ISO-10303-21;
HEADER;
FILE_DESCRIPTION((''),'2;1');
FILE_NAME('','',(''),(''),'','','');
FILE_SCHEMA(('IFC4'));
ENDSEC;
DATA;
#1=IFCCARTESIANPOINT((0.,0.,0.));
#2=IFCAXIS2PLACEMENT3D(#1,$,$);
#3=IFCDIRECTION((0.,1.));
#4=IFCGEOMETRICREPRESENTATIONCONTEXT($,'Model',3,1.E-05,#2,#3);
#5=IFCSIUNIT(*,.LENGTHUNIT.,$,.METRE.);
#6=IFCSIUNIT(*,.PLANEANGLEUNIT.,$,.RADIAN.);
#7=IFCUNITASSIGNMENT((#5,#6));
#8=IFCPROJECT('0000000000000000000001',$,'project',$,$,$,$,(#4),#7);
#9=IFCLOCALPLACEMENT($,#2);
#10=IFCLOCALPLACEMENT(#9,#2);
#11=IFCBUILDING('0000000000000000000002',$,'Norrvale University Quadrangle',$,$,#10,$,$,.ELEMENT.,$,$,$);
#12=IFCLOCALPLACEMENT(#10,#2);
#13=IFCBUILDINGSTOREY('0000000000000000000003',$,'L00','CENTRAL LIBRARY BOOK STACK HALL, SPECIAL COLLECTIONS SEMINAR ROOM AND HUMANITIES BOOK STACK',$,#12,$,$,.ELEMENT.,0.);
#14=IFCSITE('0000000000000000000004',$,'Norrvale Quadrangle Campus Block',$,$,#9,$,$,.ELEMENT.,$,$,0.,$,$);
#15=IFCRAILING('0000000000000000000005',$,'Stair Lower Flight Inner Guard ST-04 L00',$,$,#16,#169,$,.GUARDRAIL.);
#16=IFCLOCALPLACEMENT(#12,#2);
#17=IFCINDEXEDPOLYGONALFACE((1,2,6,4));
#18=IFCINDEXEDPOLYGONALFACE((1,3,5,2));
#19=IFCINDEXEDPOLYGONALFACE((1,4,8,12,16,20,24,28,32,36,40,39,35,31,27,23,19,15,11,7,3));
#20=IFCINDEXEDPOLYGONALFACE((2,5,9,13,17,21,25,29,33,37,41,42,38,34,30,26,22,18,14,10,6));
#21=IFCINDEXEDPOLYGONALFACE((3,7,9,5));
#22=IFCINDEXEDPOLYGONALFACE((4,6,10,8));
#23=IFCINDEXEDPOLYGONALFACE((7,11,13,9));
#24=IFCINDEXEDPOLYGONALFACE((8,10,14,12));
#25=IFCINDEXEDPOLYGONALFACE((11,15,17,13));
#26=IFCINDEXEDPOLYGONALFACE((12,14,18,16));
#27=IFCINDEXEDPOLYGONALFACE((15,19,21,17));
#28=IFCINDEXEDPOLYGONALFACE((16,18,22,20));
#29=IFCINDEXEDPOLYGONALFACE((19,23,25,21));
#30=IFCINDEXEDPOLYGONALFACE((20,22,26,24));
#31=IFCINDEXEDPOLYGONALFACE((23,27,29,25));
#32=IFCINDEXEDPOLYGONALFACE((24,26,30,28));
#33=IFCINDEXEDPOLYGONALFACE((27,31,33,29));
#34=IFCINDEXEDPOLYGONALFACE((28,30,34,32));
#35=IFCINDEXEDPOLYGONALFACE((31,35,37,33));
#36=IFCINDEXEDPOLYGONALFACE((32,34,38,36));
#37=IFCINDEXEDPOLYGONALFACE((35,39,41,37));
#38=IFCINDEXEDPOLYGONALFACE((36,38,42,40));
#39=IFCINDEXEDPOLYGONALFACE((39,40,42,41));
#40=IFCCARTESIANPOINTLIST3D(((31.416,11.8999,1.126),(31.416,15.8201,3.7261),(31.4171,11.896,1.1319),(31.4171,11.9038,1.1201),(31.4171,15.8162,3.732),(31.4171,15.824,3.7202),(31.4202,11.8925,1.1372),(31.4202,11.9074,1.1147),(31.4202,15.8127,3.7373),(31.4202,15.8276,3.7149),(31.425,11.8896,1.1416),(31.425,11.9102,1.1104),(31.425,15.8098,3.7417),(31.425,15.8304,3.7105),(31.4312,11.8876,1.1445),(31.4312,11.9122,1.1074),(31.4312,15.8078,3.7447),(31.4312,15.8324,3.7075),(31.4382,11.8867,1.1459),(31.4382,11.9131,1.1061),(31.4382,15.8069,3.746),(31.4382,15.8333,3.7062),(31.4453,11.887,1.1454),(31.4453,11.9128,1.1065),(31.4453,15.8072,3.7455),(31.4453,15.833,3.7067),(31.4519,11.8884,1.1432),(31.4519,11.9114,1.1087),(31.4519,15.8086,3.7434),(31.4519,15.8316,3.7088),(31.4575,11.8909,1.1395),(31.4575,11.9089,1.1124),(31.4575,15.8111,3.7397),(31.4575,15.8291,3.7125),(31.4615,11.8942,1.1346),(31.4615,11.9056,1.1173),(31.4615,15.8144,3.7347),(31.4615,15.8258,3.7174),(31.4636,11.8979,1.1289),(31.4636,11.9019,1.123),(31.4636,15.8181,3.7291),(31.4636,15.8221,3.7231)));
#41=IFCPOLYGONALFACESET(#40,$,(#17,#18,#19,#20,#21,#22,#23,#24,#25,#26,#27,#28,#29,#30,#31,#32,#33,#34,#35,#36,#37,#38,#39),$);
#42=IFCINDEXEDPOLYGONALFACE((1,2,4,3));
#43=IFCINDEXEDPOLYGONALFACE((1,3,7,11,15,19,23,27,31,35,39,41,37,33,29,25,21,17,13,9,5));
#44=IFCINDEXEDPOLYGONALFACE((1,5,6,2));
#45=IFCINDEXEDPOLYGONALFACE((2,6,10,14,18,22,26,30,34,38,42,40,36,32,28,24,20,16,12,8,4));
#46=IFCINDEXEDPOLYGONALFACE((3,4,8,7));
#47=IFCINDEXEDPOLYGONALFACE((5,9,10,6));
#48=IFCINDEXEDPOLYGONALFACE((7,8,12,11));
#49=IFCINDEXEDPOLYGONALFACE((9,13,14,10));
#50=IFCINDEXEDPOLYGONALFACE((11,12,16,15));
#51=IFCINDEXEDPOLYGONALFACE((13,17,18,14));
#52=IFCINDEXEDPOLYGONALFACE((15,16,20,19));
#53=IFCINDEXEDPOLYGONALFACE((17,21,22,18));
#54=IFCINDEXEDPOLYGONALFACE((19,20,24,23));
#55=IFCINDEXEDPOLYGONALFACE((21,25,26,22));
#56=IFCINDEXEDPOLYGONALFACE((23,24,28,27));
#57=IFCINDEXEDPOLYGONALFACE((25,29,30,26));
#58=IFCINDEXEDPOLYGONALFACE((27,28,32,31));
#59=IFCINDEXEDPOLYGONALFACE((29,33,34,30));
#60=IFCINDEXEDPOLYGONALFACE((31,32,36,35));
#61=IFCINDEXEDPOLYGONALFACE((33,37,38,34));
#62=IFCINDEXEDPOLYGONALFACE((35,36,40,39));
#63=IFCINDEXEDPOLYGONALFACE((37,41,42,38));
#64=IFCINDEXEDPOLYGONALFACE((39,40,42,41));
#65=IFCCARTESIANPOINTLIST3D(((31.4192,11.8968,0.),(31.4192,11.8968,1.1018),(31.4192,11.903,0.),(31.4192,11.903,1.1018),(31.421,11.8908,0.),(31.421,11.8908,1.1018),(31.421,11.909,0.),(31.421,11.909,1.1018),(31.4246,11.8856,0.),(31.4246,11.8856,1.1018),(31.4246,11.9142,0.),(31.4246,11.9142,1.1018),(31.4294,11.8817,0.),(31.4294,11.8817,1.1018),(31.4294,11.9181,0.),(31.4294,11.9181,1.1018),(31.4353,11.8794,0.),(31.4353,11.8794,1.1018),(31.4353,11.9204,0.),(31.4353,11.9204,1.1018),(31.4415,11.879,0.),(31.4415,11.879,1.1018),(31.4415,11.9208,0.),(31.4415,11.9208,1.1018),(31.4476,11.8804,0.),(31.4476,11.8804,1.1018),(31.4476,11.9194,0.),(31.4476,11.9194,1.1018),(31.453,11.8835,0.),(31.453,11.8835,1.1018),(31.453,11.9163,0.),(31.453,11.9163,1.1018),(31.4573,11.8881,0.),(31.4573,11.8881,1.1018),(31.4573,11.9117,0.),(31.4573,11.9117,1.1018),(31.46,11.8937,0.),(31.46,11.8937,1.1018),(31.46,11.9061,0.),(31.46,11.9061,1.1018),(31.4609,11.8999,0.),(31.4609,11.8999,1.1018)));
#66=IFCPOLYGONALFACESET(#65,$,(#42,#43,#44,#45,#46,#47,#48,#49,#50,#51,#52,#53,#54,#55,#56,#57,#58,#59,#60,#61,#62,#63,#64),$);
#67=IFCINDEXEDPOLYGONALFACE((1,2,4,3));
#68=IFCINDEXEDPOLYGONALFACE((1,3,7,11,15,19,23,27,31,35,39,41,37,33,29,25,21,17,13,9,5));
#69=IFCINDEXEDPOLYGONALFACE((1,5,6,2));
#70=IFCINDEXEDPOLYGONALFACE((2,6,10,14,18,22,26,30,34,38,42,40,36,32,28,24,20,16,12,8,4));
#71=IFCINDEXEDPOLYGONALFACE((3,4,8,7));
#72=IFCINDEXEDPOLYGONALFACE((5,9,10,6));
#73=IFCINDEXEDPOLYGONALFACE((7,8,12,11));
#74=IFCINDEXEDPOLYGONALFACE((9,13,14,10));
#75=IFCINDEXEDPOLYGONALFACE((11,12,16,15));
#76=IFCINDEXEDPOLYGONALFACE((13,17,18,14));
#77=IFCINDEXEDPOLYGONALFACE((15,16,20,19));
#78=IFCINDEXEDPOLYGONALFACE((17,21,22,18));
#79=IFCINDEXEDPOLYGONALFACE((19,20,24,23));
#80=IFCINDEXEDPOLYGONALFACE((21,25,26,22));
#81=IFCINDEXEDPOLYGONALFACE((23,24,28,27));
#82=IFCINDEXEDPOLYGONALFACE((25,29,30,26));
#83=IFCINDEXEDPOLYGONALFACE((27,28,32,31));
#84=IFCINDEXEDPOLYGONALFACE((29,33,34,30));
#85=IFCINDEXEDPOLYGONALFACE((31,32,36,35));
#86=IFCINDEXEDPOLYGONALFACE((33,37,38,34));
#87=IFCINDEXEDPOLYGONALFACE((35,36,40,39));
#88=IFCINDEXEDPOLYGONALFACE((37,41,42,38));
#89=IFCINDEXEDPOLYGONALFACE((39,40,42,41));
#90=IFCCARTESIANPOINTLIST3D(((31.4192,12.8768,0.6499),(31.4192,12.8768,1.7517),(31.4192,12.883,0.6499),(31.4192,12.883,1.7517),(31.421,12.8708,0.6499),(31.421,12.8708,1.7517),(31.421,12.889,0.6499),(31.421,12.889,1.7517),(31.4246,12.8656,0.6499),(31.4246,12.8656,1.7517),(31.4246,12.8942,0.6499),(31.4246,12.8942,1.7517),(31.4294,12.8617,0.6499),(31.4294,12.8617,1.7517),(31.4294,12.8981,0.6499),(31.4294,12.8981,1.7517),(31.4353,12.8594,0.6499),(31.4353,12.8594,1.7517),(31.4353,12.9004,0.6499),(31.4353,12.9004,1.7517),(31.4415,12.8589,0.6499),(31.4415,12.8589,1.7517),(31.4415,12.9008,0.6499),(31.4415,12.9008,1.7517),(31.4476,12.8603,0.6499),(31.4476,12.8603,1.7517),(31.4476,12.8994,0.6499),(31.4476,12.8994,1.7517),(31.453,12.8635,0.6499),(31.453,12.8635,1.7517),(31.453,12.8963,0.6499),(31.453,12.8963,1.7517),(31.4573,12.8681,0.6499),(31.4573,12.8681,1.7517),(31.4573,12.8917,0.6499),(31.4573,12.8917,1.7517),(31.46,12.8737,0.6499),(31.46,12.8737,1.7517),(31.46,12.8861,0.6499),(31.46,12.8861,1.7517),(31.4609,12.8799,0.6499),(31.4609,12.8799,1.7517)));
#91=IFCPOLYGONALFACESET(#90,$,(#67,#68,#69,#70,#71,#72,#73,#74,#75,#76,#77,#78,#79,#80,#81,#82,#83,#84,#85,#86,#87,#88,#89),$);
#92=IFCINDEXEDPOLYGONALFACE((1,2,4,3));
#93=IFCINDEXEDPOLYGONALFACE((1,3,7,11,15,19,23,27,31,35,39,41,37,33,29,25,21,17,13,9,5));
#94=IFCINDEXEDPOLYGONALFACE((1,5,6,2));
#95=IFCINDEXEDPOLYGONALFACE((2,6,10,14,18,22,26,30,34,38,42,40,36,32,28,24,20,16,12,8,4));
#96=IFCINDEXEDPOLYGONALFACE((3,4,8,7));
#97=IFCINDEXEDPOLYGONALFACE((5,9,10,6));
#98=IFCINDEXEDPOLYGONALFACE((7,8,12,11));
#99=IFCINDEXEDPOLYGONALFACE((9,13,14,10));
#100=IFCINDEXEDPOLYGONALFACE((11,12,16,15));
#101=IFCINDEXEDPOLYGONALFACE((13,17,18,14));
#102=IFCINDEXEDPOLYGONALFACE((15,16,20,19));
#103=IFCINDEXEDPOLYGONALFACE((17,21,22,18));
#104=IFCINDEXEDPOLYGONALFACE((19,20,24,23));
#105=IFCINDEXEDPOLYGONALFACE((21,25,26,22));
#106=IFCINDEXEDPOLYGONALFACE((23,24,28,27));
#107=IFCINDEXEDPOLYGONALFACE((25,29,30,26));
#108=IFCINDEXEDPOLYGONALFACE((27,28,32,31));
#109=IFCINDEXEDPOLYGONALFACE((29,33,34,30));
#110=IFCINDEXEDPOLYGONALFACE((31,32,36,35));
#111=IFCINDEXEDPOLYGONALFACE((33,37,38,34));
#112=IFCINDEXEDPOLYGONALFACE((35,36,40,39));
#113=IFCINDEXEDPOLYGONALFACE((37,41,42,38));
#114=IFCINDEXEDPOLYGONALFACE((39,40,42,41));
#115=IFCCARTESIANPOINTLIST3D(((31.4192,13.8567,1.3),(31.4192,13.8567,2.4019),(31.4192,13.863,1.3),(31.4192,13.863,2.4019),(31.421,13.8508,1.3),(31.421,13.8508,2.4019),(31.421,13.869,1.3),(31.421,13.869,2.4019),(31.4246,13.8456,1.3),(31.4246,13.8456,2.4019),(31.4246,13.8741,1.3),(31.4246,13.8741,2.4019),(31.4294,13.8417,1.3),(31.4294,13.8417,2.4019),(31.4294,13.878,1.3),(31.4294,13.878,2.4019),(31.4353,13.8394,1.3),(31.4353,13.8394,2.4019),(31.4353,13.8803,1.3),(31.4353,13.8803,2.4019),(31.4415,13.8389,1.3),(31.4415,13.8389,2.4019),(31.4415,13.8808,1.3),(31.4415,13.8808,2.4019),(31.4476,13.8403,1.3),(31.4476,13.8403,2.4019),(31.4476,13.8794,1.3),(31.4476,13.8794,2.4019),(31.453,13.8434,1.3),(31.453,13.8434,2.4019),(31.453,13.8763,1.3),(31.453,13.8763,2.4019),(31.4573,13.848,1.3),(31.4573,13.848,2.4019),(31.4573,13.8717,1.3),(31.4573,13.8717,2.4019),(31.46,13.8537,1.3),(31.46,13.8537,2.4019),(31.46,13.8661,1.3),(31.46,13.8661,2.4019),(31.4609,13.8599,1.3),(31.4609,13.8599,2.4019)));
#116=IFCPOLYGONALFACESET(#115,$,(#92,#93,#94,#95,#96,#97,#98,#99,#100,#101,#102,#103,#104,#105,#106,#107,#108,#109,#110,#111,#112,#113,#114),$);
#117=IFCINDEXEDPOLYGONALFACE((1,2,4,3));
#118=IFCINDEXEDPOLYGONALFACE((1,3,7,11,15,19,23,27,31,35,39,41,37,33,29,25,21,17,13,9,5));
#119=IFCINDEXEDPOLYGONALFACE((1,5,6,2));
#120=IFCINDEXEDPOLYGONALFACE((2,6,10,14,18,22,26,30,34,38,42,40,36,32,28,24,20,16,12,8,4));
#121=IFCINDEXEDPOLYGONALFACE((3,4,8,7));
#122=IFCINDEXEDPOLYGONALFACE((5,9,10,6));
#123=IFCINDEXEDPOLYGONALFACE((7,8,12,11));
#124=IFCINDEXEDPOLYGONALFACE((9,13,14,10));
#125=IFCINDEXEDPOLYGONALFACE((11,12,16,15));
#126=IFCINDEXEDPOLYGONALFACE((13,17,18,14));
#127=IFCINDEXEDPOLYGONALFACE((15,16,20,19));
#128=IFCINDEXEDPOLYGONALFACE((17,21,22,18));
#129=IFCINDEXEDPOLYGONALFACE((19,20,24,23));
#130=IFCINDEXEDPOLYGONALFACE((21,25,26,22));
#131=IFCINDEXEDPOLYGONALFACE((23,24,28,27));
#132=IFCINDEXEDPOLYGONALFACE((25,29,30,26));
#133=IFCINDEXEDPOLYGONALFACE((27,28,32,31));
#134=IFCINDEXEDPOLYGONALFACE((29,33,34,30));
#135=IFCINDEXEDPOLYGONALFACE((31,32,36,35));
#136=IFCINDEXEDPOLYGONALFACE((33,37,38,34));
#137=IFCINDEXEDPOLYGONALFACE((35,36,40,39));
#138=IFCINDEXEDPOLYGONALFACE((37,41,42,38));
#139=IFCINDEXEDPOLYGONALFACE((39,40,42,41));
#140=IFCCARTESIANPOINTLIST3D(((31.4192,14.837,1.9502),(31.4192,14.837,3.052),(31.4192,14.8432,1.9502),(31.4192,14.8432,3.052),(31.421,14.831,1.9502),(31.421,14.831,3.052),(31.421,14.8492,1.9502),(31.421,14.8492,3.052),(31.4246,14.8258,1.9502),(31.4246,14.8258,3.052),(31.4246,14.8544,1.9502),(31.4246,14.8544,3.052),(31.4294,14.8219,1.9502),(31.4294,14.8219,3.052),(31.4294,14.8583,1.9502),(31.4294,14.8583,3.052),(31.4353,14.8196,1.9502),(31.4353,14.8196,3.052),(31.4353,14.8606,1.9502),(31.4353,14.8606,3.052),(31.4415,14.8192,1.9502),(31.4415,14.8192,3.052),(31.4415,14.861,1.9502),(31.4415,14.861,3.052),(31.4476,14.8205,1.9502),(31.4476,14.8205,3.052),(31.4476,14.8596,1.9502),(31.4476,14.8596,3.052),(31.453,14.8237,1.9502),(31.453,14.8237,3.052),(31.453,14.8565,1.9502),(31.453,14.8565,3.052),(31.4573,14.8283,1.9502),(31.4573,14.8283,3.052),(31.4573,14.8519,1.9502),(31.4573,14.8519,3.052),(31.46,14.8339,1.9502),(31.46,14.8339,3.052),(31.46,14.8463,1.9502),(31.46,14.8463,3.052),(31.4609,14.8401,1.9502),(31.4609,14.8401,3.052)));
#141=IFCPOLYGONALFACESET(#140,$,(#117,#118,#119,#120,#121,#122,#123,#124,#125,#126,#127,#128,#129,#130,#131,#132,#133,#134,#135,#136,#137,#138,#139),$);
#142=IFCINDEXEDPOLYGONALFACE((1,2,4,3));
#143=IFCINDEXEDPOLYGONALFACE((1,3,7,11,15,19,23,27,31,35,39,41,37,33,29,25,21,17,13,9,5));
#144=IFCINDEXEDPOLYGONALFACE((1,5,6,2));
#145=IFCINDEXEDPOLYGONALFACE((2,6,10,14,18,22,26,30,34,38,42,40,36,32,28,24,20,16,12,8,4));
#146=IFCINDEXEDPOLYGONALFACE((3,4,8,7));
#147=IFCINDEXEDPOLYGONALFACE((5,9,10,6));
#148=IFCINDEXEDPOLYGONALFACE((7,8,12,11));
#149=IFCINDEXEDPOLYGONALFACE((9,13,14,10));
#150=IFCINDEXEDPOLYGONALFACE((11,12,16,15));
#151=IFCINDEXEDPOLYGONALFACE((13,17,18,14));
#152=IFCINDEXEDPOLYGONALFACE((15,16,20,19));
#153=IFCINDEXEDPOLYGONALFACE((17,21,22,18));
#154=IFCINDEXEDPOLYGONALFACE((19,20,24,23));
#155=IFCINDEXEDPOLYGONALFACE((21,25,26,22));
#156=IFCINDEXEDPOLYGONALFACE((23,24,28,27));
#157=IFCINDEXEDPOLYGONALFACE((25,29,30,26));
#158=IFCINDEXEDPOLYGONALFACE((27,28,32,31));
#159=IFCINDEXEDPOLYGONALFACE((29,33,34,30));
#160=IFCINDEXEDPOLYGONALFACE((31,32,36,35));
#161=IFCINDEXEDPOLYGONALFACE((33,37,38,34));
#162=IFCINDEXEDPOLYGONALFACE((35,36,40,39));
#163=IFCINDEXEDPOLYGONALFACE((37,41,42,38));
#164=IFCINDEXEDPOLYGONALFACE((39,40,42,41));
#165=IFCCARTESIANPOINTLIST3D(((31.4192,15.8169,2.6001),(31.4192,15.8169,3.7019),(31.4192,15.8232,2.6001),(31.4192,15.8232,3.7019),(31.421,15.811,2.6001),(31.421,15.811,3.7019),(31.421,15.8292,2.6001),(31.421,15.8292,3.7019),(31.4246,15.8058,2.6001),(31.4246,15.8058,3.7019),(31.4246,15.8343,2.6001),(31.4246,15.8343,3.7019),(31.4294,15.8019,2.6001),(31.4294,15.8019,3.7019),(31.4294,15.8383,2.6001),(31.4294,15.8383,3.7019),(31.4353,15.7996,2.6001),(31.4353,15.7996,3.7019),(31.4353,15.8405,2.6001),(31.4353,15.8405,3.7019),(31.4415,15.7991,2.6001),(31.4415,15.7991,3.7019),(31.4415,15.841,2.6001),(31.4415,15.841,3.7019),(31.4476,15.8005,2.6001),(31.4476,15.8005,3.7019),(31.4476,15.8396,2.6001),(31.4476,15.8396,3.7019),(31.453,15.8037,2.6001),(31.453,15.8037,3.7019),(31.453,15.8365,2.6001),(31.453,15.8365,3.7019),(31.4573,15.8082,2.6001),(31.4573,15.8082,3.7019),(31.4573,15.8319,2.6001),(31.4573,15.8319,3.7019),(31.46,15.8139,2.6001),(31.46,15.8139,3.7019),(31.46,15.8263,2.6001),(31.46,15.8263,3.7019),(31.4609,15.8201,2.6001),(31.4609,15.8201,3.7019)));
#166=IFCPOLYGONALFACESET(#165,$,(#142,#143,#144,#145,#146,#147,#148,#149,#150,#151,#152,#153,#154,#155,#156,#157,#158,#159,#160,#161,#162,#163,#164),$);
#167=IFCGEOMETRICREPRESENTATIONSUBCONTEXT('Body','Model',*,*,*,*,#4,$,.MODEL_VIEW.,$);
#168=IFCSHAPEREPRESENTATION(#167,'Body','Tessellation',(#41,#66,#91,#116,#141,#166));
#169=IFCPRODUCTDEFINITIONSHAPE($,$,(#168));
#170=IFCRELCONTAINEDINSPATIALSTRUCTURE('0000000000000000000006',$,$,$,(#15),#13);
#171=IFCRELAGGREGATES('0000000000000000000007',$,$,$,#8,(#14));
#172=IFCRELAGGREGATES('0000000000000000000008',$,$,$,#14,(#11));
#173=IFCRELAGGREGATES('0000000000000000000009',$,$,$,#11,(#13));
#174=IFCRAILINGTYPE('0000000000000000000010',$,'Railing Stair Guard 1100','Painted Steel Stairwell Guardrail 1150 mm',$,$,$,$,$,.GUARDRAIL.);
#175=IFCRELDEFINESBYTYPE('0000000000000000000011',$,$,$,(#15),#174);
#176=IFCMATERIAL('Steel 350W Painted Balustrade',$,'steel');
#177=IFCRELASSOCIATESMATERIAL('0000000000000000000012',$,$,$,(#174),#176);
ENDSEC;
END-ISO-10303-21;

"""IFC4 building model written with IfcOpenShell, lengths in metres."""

from ifc_helpers import new_model, si_unit, direction, frame, origin, origin_2d, place, context, subcontext, project, spatial, circle, extrude, material, type_object, element, save


model = new_model("IFC4")

# Units and contexts
model_context = context("Model", 3, precision=1e-05, world=origin(), true_north=direction((0.0, 1.0)))
body_context = subcontext(model_context, "Body", "Model", "MODEL_VIEW")
ifc_project = project(units=[si_unit("LENGTHUNIT", "METRE"), si_unit("PLANEANGLEUNIT", "RADIAN")], contexts=[model_context])

# Site, building, storey
site_placement = place(None, origin())
site = spatial("IfcSite", under=ifc_project, at=site_placement, Name="Norrvale Quadrangle Campus Block", CompositionType="ELEMENT", RefElevation=0.0)
building_placement = place(site_placement, origin())
building = spatial("IfcBuilding", under=site, at=building_placement, Name="Norrvale University Quadrangle", CompositionType="ELEMENT")
storey_placement = place(building_placement, origin())
storey = spatial("IfcBuildingStorey", under=building, at=storey_placement, Name="L00", Description="CENTRAL LIBRARY BOOK STACK HALL, SPECIAL COLLECTIONS SEMINAR ROOM AND HUMANITIES BOOK STACK", CompositionType="ELEMENT", Elevation=0.0)

# Railing
ifc_material_1 = material(Name="Steel 350W Painted Balustrade", Category="steel")
railing_type_1 = type_object("IfcRailingType", Name="Railing Stair Guard 1100", Description="Painted Steel Stairwell Guardrail 1150 mm", PredefinedType="GUARDRAIL", material=ifc_material_1)
railing_1_placement = place(storey_placement, frame((31.4399, 11.8999, 0.0)))
element("IfcRailing", 1, at=railing_1_placement, inside=storey, type_object=railing_type_1, Name="Stair Lower Flight Inner Guard ST-04 L00", PredefinedType="GUARDRAIL", context=body_context, shape_type="SweptSolid", body=[
    extrude(circle(Radius=0.0239, at=origin_2d()), frame((0.0, 0.0, 1.126), z_axis=(0.0, 0.833357, 0.552734), x_axis=(-1.0, 0.0, 0.0)), (0.0, 0.0, 1.0), 4.7041),
    extrude(circle(Radius=0.021, at=origin_2d()), origin(), (0.0, 0.0, 1.0), 1.1018),
    extrude(circle(Radius=0.021, at=origin_2d()), frame((0.0, 0.98, 0.6499)), (0.0, 0.0, 1.0), 1.1018),
    extrude(circle(Radius=0.021, at=origin_2d()), frame((0.0, 1.96, 1.3)), (0.0, 0.0, 1.0), 1.1018),
    extrude(circle(Radius=0.021, at=origin_2d()), frame((0.0, 2.9402, 1.9502)), (0.0, 0.0, 1.0), 1.1018),
    extrude(circle(Radius=0.021, at=origin_2d()), frame((0.0, 3.9202, 2.6001)), (0.0, 0.0, 1.0), 1.1018),
])

save(model, "model.ifc")
